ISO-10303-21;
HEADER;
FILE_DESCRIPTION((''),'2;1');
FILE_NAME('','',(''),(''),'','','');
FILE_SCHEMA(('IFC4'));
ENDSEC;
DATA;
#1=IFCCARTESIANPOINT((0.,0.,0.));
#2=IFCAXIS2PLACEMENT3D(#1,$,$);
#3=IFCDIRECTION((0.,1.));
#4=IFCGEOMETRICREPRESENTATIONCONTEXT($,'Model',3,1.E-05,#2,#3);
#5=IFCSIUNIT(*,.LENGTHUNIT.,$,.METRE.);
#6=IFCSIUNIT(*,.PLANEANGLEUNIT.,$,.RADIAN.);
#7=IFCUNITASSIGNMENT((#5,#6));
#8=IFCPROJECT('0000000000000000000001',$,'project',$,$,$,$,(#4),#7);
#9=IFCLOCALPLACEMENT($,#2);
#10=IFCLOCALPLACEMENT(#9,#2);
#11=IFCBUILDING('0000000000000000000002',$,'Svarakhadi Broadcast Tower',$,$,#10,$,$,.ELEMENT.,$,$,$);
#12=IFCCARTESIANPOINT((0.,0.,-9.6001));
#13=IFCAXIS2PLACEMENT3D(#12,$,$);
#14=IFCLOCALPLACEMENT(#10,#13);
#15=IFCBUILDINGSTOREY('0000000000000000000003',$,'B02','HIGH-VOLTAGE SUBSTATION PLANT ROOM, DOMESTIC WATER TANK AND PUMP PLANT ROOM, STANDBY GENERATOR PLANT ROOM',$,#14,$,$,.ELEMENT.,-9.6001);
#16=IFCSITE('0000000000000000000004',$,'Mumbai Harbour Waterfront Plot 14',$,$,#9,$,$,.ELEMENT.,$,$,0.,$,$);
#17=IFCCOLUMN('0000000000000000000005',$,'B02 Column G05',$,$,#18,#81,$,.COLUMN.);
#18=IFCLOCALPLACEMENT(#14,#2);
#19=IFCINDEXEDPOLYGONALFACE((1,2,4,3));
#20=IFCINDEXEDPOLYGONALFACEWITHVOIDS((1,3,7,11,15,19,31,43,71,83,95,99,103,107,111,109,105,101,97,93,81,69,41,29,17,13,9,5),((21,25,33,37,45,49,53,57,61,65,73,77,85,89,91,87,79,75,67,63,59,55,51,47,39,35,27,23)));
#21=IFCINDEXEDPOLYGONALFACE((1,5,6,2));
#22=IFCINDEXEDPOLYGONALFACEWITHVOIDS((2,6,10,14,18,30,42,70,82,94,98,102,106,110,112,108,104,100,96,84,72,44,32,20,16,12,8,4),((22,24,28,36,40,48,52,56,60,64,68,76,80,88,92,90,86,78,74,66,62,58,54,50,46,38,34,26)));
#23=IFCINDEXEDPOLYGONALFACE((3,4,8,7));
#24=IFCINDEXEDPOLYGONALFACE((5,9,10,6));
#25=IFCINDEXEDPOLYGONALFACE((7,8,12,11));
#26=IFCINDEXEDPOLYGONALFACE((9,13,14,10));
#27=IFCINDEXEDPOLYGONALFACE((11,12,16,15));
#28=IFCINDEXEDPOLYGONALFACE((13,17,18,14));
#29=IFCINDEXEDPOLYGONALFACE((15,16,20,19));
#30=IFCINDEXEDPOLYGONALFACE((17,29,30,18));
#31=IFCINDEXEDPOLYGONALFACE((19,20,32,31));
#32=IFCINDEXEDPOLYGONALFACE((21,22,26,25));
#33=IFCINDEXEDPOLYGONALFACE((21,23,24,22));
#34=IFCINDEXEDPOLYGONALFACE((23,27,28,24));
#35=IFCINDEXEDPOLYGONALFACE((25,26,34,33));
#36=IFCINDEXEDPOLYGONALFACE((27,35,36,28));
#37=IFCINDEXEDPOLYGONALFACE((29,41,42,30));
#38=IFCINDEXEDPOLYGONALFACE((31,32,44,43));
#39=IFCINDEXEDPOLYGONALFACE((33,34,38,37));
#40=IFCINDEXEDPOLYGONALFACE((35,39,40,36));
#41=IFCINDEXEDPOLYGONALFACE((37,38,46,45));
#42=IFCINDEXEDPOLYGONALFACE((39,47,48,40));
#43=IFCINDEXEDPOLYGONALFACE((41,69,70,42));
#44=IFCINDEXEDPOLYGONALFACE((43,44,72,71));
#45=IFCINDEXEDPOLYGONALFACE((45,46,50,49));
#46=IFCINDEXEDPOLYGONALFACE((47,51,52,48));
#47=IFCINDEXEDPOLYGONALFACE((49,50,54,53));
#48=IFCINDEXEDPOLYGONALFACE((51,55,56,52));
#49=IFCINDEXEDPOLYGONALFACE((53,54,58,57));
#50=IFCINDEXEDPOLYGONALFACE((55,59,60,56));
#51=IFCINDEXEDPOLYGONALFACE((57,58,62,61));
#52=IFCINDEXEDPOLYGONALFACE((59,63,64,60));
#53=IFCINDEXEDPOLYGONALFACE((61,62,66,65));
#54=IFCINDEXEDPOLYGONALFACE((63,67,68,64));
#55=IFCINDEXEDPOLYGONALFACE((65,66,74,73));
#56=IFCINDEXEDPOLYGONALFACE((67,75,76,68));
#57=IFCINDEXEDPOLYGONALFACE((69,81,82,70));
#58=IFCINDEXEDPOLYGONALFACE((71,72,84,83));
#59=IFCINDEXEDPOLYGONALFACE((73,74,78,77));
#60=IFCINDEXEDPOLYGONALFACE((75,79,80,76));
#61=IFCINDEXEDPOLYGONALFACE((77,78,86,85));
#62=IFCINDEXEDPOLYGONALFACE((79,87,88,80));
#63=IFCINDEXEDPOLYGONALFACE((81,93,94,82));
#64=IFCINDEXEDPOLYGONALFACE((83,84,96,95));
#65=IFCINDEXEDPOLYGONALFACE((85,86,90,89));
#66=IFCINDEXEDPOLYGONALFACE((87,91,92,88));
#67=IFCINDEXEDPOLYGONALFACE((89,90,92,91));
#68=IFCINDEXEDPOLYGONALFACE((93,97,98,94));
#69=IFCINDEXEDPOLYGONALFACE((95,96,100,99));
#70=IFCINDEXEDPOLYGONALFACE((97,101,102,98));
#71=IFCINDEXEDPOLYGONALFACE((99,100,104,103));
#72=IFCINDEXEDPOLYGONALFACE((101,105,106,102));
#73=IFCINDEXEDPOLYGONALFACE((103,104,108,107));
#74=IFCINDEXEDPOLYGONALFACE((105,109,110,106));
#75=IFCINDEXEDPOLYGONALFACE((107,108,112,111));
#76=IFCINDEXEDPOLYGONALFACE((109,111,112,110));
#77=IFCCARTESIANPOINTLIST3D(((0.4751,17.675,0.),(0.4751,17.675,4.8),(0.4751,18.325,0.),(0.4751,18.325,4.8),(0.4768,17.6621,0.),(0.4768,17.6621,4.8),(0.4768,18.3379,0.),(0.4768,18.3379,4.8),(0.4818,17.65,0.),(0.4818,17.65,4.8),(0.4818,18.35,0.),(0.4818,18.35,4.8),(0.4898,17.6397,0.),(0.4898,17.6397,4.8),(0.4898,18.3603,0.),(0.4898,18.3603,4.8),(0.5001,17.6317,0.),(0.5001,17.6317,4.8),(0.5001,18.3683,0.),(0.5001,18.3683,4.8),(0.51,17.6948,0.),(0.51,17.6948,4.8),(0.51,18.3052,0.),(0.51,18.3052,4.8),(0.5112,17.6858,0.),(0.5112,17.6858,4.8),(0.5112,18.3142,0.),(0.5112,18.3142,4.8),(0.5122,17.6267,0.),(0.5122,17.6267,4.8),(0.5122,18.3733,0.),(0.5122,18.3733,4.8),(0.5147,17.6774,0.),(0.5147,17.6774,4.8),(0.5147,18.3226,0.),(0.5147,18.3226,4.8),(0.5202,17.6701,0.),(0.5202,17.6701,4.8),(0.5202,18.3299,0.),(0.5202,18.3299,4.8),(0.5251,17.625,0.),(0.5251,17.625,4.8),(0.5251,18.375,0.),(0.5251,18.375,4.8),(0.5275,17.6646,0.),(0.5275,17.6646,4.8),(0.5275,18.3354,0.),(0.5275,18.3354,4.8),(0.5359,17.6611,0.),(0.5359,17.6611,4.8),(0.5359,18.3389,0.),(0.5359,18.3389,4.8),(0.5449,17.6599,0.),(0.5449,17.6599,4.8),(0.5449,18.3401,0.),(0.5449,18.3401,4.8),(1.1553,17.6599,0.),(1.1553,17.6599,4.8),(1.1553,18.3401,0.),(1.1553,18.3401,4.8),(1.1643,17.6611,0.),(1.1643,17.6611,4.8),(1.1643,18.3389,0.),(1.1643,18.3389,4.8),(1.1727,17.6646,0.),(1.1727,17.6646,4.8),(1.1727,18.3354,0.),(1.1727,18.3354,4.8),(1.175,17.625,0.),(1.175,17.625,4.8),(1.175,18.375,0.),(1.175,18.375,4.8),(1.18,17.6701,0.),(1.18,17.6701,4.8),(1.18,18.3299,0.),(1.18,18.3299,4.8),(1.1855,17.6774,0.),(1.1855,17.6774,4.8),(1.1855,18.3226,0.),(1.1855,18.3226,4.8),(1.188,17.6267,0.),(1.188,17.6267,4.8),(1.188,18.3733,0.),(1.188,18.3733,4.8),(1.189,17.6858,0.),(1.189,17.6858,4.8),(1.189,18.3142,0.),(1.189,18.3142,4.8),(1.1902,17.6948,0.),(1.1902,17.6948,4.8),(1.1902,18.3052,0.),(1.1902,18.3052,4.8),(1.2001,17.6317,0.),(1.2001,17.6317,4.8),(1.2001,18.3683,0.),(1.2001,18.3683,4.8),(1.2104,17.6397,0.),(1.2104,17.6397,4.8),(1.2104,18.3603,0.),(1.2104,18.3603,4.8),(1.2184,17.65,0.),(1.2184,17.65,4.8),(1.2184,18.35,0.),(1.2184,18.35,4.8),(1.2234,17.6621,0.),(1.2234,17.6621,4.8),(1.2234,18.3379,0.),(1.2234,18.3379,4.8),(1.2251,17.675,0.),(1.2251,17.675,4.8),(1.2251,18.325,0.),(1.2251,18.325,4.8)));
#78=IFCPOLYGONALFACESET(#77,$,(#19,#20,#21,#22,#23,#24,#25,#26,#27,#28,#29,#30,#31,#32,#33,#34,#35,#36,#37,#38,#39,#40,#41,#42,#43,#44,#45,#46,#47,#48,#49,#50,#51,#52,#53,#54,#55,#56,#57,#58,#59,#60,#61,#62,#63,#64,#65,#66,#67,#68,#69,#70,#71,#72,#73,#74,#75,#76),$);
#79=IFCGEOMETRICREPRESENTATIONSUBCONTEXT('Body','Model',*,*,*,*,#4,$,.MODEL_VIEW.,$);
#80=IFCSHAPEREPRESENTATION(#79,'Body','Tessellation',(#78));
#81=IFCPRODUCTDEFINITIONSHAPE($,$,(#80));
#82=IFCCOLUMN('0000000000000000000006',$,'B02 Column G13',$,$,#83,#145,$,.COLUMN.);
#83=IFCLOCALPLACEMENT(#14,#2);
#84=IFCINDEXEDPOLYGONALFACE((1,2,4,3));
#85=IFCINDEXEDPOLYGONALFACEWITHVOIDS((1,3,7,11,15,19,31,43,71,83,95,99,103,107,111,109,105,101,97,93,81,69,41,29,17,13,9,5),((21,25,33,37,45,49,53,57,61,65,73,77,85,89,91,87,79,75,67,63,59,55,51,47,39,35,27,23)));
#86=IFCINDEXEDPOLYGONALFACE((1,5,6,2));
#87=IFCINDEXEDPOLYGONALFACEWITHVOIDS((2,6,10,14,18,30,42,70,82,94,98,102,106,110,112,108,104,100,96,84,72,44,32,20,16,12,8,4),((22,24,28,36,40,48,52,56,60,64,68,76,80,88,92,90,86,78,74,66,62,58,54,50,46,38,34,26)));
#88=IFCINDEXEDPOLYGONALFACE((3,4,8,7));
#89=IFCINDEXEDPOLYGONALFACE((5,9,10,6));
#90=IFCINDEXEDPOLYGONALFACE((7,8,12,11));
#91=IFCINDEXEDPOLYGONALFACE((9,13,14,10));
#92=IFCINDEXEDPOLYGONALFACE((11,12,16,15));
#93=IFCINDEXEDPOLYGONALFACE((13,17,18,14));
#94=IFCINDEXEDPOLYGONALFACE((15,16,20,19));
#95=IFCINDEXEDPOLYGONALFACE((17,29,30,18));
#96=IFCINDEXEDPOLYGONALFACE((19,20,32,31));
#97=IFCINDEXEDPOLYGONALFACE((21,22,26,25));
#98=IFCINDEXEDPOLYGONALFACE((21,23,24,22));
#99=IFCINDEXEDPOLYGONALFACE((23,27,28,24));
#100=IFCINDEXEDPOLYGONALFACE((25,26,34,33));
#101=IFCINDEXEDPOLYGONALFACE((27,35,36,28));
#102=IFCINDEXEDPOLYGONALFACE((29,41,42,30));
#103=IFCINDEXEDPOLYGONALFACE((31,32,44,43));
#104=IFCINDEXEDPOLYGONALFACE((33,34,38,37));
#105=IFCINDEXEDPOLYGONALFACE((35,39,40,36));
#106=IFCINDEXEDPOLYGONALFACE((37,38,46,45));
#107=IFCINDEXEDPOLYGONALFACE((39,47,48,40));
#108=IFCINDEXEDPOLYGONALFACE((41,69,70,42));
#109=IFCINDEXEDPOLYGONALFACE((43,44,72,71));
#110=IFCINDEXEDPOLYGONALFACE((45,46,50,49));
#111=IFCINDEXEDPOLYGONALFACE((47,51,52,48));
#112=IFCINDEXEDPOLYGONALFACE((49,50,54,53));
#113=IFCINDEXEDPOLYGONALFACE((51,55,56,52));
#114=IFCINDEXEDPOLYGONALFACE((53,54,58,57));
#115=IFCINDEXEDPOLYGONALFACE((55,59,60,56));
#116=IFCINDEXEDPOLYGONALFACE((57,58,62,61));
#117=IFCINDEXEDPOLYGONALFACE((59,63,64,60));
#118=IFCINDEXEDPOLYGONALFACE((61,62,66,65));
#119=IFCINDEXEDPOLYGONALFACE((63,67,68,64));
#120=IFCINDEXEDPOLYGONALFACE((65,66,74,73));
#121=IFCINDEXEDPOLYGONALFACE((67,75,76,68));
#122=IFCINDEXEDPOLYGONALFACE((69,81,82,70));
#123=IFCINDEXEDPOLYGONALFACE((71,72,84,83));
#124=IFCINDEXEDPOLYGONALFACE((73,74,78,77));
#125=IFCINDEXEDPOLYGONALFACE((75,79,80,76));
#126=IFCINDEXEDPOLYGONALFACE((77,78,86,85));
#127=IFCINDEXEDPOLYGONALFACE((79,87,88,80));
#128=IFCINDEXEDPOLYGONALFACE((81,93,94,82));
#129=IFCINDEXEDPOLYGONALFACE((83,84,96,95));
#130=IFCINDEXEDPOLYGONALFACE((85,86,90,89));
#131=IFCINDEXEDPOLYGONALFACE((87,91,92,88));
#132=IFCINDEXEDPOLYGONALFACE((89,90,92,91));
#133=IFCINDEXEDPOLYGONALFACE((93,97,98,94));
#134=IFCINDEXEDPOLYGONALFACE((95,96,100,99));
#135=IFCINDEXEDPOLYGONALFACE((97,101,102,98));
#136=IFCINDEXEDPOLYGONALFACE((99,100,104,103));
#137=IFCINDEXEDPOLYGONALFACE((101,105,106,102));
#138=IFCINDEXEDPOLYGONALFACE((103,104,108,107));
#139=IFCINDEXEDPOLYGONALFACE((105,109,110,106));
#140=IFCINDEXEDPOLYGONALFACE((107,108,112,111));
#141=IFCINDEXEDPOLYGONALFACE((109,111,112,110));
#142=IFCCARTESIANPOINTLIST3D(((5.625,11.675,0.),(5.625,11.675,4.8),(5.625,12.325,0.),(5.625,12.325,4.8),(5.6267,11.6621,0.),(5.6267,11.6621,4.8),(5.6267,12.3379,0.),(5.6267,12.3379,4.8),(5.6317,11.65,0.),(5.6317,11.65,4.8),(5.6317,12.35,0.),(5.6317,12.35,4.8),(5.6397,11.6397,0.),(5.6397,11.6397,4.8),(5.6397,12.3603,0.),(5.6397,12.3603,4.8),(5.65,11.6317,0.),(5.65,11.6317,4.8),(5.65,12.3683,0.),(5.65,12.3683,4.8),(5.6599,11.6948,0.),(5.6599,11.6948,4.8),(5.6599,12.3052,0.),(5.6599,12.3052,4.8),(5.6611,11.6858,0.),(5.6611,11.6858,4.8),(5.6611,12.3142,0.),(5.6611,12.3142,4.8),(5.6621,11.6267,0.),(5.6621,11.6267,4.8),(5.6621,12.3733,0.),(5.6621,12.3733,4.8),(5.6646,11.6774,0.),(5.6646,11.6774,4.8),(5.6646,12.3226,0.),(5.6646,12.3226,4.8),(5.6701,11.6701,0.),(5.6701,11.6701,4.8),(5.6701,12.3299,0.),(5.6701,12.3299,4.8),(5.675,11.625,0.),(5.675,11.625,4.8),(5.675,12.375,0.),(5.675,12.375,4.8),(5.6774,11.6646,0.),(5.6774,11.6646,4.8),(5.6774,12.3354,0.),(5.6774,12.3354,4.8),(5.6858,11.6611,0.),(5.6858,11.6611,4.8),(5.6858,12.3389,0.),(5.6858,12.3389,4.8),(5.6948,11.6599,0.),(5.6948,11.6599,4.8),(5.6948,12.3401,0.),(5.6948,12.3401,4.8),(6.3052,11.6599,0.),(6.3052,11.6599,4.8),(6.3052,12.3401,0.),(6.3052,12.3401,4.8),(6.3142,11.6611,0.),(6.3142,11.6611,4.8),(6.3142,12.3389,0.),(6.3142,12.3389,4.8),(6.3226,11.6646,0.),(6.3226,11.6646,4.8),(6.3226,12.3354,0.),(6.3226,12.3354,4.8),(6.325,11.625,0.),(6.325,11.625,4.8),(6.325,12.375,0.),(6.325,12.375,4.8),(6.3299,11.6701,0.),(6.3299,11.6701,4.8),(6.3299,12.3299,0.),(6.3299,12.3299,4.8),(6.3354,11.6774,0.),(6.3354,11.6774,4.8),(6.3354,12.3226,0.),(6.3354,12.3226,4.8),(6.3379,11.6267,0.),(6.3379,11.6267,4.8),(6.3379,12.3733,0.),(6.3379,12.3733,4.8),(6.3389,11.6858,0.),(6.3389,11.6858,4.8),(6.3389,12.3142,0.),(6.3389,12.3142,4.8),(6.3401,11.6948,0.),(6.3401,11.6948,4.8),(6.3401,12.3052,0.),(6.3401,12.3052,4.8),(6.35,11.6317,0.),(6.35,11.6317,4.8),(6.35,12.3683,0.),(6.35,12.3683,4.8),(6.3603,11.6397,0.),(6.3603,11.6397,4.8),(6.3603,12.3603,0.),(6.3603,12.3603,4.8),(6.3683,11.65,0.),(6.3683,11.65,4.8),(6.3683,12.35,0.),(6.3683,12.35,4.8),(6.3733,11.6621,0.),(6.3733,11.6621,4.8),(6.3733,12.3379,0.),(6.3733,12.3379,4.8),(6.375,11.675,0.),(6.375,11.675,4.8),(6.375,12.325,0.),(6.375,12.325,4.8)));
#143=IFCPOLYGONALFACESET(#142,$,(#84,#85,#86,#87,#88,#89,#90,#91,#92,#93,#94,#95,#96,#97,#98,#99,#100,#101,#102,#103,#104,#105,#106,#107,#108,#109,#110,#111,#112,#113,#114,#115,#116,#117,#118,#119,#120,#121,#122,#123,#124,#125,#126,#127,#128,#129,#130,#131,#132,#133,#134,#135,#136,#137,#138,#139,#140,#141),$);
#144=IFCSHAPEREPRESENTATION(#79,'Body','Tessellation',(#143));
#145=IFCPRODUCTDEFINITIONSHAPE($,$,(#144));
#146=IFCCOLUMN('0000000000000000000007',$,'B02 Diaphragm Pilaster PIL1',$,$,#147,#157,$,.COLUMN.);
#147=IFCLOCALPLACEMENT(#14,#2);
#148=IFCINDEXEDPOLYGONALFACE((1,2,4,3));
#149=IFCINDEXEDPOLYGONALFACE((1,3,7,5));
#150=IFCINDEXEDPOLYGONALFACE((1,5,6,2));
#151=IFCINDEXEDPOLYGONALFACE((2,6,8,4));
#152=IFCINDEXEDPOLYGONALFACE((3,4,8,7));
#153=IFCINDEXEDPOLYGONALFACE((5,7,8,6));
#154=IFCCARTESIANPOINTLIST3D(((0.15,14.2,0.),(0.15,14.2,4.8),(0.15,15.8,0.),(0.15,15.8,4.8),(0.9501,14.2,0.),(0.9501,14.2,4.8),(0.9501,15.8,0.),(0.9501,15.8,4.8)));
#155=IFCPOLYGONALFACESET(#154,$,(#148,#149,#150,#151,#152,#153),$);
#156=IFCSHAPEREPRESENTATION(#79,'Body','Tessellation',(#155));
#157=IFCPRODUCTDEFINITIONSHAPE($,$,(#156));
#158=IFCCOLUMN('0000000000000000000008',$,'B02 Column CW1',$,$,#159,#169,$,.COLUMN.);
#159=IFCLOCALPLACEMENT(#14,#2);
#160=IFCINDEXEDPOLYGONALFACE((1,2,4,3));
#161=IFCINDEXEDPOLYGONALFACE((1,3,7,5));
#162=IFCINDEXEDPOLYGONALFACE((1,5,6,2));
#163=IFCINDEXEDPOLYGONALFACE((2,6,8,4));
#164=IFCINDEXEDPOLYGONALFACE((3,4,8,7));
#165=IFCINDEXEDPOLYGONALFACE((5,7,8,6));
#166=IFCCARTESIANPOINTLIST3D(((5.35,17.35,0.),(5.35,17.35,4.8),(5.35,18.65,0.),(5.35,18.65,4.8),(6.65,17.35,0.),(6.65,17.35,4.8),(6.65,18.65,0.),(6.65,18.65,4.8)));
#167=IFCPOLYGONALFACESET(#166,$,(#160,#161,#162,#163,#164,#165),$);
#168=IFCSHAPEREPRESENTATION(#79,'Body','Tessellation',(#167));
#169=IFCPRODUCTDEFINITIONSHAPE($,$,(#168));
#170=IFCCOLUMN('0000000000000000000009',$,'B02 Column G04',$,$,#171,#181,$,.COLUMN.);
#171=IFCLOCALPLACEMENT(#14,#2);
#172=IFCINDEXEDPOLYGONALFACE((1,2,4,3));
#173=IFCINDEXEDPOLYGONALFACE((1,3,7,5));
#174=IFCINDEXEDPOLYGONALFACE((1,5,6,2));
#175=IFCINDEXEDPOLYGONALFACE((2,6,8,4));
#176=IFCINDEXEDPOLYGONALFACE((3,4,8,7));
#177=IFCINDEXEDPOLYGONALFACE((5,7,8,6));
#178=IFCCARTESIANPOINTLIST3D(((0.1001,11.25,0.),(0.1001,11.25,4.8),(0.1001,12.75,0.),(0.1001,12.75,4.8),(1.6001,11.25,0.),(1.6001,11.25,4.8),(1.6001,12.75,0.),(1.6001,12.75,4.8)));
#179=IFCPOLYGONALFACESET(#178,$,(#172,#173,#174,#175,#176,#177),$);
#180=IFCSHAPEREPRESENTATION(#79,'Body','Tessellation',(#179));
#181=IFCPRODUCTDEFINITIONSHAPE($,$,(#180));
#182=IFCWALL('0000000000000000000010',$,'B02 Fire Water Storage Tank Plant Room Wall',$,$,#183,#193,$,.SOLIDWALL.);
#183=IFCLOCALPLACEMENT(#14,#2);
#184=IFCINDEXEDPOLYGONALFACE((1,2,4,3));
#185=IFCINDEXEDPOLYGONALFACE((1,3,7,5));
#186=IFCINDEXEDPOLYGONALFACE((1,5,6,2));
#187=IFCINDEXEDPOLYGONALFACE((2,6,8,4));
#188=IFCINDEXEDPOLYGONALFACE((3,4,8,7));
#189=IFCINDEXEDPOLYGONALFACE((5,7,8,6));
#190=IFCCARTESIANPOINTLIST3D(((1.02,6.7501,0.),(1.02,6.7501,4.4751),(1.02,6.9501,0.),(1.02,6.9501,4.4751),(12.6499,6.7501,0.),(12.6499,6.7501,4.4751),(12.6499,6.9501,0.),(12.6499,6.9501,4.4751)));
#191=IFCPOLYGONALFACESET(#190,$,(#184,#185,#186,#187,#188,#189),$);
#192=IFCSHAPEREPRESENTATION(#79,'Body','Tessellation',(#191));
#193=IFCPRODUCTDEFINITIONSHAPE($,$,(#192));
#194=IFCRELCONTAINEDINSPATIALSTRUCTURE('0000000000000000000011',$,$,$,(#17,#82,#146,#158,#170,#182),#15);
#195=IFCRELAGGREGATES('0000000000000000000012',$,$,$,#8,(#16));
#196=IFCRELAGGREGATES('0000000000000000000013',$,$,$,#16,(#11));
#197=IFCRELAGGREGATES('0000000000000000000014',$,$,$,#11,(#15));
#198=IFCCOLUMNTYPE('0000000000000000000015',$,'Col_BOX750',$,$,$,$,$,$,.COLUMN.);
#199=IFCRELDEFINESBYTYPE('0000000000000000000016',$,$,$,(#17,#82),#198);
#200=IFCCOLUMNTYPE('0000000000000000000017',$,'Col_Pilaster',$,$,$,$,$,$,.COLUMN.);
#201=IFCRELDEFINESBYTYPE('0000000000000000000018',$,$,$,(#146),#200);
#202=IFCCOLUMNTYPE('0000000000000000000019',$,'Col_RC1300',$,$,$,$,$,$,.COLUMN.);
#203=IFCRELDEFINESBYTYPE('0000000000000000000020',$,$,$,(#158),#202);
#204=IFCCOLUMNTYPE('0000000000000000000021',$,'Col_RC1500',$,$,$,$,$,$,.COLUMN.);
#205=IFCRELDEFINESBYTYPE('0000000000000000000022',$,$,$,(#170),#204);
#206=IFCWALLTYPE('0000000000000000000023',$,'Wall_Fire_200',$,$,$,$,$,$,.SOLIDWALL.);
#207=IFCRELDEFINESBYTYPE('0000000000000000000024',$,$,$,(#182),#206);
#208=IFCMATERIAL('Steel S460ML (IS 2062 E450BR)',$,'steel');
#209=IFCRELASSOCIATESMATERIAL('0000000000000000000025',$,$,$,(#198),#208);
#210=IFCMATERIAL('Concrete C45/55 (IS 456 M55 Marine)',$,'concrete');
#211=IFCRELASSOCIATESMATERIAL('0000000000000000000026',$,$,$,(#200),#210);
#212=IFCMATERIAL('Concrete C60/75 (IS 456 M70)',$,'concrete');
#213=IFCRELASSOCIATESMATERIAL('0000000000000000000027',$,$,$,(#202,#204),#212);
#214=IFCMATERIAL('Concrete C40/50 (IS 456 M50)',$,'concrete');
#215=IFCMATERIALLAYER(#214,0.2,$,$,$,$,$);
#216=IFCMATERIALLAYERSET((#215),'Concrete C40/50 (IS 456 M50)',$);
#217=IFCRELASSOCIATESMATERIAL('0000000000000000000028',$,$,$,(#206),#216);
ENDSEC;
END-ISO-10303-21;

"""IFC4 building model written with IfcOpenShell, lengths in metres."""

from ifc_helpers import new_model, si_unit, direction, frame, frame_2d, origin, origin_2d, place, context, subcontext, project, spatial, rectangle, hollow_rectangle, extrude, material, layer, layer_set, material_profile, profile_set, type_object, element, save


model = new_model("IFC4")

# Units and contexts
model_context = context("Model", 3, precision=1e-05, world=origin(), true_north=direction((0.0, 1.0)))
body_context = subcontext(model_context, "Body", "Model", "MODEL_VIEW")
ifc_project = project(units=[si_unit("LENGTHUNIT", "METRE"), si_unit("PLANEANGLEUNIT", "RADIAN")], contexts=[model_context])

# Site, building, storey
site_placement = place(None, origin())
site = spatial("IfcSite", under=ifc_project, at=site_placement, Name="Mumbai Harbour Waterfront Plot 14", CompositionType="ELEMENT", RefElevation=0.0)
building_placement = place(site_placement, origin())
building = spatial("IfcBuilding", under=site, at=building_placement, Name="Svarakhadi Broadcast Tower", CompositionType="ELEMENT")
storey_placement = place(building_placement, frame((0.0, 0.0, -9.6001)))
storey = spatial("IfcBuildingStorey", under=building, at=storey_placement, Name="B02", Description="HIGH-VOLTAGE SUBSTATION PLANT ROOM, DOMESTIC WATER TANK AND PUMP PLANT ROOM, STANDBY GENERATOR PLANT ROOM", CompositionType="ELEMENT", Elevation=-9.6001)

# Shared definitions
ifc_material_1 = material(Name="Concrete C45/55 (IS 456 M55 Marine)", Category="concrete")

# Columns
ifc_material_2 = material(Name="Steel S460ML (IS 2062 E450BR)", Category="steel")
ifc_material_profile_1 = material_profile(ifc_material_2, hollow_rectangle(XDim=0.75, YDim=0.75, WallThickness=0.0349, InnerFilletRadius=0.0349, OuterFilletRadius=0.05, at=origin_2d()), Name="BOX 750x750x35")
ifc_profile_set_1 = profile_set([ifc_material_profile_1], Name="Steel S460ML (IS 2062 E450BR)")
column_type_1 = type_object("IfcColumnType", Name="Col_BOX750", PredefinedType="COLUMN", material=ifc_profile_set_1)
for number, where, z_axis, x_axis, name in (
    (1, (0.8501, 18.0, 0.0), (0.0, 0.0, 1.0), (1.0, 0.0, 0.0), "B02 Column G05"),
    (2, (6.0, 12.0, 0.0), (0.0, 0.0, 1.0), (1.0, 0.0, 0.0), "B02 Column G13"),
):
    element("IfcColumn", number, at=place(storey_placement, frame(where, z_axis=z_axis, x_axis=x_axis)), inside=storey, type_object=column_type_1, Name=name, PredefinedType="COLUMN", context=body_context, shape_type="SweptSolid", body=[
        extrude(hollow_rectangle(XDim=0.75, YDim=0.75, WallThickness=0.0349, InnerFilletRadius=0.0349, OuterFilletRadius=0.05, at=origin_2d()), origin(), (0.0, 0.0, 1.0), 4.8),
    ])
ifc_material_profile_2 = material_profile(ifc_material_1, rectangle(XDim=0.8, YDim=1.6001, at=origin_2d()), Name="RC 800x1600")
ifc_profile_set_2 = profile_set([ifc_material_profile_2], Name="Concrete C45/55 (IS 456 M55 Marine)")
column_type_2 = type_object("IfcColumnType", Name="Col_Pilaster", PredefinedType="COLUMN", material=ifc_profile_set_2)
column_1_placement = place(storey_placement, frame((0.55, 15.0, 0.0), z_axis=(0.0, 0.0, 1.0), x_axis=(1.0, 0.0, 0.0)))
element("IfcColumn", 3, at=column_1_placement, inside=storey, type_object=column_type_2, Name="B02 Diaphragm Pilaster PIL1", PredefinedType="COLUMN", context=body_context, shape_type="SweptSolid", body=[
    extrude(rectangle(XDim=0.8, YDim=1.6001, at=origin_2d()), origin(), (0.0, 0.0, 1.0), 4.8),
])
ifc_material_3 = material(Name="Concrete C60/75 (IS 456 M70)", Category="concrete")
ifc_material_profile_3 = material_profile(ifc_material_3, rectangle(XDim=1.3, YDim=1.3, at=origin_2d()), Name="RC 1300x1300")
ifc_profile_set_3 = profile_set([ifc_material_profile_3], Name="Concrete C60/75 (IS 456 M70)")
column_type_3 = type_object("IfcColumnType", Name="Col_RC1300", PredefinedType="COLUMN", material=ifc_profile_set_3)
column_2_placement = place(storey_placement, frame((6.0, 18.0, 0.0), z_axis=(0.0, 0.0, 1.0), x_axis=(1.0, 0.0, 0.0)))
element("IfcColumn", 4, at=column_2_placement, inside=storey, type_object=column_type_3, Name="B02 Column CW1", PredefinedType="COLUMN", context=body_context, shape_type="SweptSolid", body=[
    extrude(rectangle(XDim=1.3, YDim=1.3, at=origin_2d()), origin(), (0.0, 0.0, 1.0), 4.8),
])
ifc_material_profile_4 = material_profile(ifc_material_3, rectangle(XDim=1.5, YDim=1.5, at=origin_2d()), Name="RC 1500x1500")
ifc_profile_set_4 = profile_set([ifc_material_profile_4], Name="Concrete C60/75 (IS 456 M70)")
column_type_4 = type_object("IfcColumnType", Name="Col_RC1500", PredefinedType="COLUMN", material=ifc_profile_set_4)
column_3_placement = place(storey_placement, frame((0.8501, 12.0, 0.0), z_axis=(0.0, 0.0, 1.0), x_axis=(1.0, 0.0, 0.0)))
element("IfcColumn", 5, at=column_3_placement, inside=storey, type_object=column_type_4, Name="B02 Column G04", PredefinedType="COLUMN", context=body_context, shape_type="SweptSolid", body=[
    extrude(rectangle(XDim=1.5, YDim=1.5, at=origin_2d()), origin(), (0.0, 0.0, 1.0), 4.8),
])

# Wall
ifc_material_4 = material(Name="Concrete C40/50 (IS 456 M50)", Category="concrete")
ifc_layer_1 = layer(ifc_material_4, 0.2)
ifc_layer_set_1 = layer_set([ifc_layer_1], Name="Concrete C40/50 (IS 456 M50)")
wall_type_1 = type_object("IfcWallType", Name="Wall_Fire_200", PredefinedType="SOLIDWALL", material=ifc_layer_set_1)
for number, where, z_axis, x_axis, name in (
    (6, (1.02, 6.8501, 0.0), (0.0, 0.0, 1.0), (1.0, 0.0, 0.0), "B02 Fire Water Storage Tank Plant Room Wall"),
):
    element("IfcWall", number, at=place(storey_placement, frame(where, z_axis=z_axis, x_axis=x_axis)), inside=storey, type_object=wall_type_1, Name=name, PredefinedType="SOLIDWALL", context=body_context, shape_type="SweptSolid", body=[
        extrude(rectangle(XDim=11.6299, YDim=0.2, at=frame_2d((5.8149, 0.0))), origin(), (0.0, 0.0, 1.0), 4.4751),
    ])

save(model, "model.ifc")
